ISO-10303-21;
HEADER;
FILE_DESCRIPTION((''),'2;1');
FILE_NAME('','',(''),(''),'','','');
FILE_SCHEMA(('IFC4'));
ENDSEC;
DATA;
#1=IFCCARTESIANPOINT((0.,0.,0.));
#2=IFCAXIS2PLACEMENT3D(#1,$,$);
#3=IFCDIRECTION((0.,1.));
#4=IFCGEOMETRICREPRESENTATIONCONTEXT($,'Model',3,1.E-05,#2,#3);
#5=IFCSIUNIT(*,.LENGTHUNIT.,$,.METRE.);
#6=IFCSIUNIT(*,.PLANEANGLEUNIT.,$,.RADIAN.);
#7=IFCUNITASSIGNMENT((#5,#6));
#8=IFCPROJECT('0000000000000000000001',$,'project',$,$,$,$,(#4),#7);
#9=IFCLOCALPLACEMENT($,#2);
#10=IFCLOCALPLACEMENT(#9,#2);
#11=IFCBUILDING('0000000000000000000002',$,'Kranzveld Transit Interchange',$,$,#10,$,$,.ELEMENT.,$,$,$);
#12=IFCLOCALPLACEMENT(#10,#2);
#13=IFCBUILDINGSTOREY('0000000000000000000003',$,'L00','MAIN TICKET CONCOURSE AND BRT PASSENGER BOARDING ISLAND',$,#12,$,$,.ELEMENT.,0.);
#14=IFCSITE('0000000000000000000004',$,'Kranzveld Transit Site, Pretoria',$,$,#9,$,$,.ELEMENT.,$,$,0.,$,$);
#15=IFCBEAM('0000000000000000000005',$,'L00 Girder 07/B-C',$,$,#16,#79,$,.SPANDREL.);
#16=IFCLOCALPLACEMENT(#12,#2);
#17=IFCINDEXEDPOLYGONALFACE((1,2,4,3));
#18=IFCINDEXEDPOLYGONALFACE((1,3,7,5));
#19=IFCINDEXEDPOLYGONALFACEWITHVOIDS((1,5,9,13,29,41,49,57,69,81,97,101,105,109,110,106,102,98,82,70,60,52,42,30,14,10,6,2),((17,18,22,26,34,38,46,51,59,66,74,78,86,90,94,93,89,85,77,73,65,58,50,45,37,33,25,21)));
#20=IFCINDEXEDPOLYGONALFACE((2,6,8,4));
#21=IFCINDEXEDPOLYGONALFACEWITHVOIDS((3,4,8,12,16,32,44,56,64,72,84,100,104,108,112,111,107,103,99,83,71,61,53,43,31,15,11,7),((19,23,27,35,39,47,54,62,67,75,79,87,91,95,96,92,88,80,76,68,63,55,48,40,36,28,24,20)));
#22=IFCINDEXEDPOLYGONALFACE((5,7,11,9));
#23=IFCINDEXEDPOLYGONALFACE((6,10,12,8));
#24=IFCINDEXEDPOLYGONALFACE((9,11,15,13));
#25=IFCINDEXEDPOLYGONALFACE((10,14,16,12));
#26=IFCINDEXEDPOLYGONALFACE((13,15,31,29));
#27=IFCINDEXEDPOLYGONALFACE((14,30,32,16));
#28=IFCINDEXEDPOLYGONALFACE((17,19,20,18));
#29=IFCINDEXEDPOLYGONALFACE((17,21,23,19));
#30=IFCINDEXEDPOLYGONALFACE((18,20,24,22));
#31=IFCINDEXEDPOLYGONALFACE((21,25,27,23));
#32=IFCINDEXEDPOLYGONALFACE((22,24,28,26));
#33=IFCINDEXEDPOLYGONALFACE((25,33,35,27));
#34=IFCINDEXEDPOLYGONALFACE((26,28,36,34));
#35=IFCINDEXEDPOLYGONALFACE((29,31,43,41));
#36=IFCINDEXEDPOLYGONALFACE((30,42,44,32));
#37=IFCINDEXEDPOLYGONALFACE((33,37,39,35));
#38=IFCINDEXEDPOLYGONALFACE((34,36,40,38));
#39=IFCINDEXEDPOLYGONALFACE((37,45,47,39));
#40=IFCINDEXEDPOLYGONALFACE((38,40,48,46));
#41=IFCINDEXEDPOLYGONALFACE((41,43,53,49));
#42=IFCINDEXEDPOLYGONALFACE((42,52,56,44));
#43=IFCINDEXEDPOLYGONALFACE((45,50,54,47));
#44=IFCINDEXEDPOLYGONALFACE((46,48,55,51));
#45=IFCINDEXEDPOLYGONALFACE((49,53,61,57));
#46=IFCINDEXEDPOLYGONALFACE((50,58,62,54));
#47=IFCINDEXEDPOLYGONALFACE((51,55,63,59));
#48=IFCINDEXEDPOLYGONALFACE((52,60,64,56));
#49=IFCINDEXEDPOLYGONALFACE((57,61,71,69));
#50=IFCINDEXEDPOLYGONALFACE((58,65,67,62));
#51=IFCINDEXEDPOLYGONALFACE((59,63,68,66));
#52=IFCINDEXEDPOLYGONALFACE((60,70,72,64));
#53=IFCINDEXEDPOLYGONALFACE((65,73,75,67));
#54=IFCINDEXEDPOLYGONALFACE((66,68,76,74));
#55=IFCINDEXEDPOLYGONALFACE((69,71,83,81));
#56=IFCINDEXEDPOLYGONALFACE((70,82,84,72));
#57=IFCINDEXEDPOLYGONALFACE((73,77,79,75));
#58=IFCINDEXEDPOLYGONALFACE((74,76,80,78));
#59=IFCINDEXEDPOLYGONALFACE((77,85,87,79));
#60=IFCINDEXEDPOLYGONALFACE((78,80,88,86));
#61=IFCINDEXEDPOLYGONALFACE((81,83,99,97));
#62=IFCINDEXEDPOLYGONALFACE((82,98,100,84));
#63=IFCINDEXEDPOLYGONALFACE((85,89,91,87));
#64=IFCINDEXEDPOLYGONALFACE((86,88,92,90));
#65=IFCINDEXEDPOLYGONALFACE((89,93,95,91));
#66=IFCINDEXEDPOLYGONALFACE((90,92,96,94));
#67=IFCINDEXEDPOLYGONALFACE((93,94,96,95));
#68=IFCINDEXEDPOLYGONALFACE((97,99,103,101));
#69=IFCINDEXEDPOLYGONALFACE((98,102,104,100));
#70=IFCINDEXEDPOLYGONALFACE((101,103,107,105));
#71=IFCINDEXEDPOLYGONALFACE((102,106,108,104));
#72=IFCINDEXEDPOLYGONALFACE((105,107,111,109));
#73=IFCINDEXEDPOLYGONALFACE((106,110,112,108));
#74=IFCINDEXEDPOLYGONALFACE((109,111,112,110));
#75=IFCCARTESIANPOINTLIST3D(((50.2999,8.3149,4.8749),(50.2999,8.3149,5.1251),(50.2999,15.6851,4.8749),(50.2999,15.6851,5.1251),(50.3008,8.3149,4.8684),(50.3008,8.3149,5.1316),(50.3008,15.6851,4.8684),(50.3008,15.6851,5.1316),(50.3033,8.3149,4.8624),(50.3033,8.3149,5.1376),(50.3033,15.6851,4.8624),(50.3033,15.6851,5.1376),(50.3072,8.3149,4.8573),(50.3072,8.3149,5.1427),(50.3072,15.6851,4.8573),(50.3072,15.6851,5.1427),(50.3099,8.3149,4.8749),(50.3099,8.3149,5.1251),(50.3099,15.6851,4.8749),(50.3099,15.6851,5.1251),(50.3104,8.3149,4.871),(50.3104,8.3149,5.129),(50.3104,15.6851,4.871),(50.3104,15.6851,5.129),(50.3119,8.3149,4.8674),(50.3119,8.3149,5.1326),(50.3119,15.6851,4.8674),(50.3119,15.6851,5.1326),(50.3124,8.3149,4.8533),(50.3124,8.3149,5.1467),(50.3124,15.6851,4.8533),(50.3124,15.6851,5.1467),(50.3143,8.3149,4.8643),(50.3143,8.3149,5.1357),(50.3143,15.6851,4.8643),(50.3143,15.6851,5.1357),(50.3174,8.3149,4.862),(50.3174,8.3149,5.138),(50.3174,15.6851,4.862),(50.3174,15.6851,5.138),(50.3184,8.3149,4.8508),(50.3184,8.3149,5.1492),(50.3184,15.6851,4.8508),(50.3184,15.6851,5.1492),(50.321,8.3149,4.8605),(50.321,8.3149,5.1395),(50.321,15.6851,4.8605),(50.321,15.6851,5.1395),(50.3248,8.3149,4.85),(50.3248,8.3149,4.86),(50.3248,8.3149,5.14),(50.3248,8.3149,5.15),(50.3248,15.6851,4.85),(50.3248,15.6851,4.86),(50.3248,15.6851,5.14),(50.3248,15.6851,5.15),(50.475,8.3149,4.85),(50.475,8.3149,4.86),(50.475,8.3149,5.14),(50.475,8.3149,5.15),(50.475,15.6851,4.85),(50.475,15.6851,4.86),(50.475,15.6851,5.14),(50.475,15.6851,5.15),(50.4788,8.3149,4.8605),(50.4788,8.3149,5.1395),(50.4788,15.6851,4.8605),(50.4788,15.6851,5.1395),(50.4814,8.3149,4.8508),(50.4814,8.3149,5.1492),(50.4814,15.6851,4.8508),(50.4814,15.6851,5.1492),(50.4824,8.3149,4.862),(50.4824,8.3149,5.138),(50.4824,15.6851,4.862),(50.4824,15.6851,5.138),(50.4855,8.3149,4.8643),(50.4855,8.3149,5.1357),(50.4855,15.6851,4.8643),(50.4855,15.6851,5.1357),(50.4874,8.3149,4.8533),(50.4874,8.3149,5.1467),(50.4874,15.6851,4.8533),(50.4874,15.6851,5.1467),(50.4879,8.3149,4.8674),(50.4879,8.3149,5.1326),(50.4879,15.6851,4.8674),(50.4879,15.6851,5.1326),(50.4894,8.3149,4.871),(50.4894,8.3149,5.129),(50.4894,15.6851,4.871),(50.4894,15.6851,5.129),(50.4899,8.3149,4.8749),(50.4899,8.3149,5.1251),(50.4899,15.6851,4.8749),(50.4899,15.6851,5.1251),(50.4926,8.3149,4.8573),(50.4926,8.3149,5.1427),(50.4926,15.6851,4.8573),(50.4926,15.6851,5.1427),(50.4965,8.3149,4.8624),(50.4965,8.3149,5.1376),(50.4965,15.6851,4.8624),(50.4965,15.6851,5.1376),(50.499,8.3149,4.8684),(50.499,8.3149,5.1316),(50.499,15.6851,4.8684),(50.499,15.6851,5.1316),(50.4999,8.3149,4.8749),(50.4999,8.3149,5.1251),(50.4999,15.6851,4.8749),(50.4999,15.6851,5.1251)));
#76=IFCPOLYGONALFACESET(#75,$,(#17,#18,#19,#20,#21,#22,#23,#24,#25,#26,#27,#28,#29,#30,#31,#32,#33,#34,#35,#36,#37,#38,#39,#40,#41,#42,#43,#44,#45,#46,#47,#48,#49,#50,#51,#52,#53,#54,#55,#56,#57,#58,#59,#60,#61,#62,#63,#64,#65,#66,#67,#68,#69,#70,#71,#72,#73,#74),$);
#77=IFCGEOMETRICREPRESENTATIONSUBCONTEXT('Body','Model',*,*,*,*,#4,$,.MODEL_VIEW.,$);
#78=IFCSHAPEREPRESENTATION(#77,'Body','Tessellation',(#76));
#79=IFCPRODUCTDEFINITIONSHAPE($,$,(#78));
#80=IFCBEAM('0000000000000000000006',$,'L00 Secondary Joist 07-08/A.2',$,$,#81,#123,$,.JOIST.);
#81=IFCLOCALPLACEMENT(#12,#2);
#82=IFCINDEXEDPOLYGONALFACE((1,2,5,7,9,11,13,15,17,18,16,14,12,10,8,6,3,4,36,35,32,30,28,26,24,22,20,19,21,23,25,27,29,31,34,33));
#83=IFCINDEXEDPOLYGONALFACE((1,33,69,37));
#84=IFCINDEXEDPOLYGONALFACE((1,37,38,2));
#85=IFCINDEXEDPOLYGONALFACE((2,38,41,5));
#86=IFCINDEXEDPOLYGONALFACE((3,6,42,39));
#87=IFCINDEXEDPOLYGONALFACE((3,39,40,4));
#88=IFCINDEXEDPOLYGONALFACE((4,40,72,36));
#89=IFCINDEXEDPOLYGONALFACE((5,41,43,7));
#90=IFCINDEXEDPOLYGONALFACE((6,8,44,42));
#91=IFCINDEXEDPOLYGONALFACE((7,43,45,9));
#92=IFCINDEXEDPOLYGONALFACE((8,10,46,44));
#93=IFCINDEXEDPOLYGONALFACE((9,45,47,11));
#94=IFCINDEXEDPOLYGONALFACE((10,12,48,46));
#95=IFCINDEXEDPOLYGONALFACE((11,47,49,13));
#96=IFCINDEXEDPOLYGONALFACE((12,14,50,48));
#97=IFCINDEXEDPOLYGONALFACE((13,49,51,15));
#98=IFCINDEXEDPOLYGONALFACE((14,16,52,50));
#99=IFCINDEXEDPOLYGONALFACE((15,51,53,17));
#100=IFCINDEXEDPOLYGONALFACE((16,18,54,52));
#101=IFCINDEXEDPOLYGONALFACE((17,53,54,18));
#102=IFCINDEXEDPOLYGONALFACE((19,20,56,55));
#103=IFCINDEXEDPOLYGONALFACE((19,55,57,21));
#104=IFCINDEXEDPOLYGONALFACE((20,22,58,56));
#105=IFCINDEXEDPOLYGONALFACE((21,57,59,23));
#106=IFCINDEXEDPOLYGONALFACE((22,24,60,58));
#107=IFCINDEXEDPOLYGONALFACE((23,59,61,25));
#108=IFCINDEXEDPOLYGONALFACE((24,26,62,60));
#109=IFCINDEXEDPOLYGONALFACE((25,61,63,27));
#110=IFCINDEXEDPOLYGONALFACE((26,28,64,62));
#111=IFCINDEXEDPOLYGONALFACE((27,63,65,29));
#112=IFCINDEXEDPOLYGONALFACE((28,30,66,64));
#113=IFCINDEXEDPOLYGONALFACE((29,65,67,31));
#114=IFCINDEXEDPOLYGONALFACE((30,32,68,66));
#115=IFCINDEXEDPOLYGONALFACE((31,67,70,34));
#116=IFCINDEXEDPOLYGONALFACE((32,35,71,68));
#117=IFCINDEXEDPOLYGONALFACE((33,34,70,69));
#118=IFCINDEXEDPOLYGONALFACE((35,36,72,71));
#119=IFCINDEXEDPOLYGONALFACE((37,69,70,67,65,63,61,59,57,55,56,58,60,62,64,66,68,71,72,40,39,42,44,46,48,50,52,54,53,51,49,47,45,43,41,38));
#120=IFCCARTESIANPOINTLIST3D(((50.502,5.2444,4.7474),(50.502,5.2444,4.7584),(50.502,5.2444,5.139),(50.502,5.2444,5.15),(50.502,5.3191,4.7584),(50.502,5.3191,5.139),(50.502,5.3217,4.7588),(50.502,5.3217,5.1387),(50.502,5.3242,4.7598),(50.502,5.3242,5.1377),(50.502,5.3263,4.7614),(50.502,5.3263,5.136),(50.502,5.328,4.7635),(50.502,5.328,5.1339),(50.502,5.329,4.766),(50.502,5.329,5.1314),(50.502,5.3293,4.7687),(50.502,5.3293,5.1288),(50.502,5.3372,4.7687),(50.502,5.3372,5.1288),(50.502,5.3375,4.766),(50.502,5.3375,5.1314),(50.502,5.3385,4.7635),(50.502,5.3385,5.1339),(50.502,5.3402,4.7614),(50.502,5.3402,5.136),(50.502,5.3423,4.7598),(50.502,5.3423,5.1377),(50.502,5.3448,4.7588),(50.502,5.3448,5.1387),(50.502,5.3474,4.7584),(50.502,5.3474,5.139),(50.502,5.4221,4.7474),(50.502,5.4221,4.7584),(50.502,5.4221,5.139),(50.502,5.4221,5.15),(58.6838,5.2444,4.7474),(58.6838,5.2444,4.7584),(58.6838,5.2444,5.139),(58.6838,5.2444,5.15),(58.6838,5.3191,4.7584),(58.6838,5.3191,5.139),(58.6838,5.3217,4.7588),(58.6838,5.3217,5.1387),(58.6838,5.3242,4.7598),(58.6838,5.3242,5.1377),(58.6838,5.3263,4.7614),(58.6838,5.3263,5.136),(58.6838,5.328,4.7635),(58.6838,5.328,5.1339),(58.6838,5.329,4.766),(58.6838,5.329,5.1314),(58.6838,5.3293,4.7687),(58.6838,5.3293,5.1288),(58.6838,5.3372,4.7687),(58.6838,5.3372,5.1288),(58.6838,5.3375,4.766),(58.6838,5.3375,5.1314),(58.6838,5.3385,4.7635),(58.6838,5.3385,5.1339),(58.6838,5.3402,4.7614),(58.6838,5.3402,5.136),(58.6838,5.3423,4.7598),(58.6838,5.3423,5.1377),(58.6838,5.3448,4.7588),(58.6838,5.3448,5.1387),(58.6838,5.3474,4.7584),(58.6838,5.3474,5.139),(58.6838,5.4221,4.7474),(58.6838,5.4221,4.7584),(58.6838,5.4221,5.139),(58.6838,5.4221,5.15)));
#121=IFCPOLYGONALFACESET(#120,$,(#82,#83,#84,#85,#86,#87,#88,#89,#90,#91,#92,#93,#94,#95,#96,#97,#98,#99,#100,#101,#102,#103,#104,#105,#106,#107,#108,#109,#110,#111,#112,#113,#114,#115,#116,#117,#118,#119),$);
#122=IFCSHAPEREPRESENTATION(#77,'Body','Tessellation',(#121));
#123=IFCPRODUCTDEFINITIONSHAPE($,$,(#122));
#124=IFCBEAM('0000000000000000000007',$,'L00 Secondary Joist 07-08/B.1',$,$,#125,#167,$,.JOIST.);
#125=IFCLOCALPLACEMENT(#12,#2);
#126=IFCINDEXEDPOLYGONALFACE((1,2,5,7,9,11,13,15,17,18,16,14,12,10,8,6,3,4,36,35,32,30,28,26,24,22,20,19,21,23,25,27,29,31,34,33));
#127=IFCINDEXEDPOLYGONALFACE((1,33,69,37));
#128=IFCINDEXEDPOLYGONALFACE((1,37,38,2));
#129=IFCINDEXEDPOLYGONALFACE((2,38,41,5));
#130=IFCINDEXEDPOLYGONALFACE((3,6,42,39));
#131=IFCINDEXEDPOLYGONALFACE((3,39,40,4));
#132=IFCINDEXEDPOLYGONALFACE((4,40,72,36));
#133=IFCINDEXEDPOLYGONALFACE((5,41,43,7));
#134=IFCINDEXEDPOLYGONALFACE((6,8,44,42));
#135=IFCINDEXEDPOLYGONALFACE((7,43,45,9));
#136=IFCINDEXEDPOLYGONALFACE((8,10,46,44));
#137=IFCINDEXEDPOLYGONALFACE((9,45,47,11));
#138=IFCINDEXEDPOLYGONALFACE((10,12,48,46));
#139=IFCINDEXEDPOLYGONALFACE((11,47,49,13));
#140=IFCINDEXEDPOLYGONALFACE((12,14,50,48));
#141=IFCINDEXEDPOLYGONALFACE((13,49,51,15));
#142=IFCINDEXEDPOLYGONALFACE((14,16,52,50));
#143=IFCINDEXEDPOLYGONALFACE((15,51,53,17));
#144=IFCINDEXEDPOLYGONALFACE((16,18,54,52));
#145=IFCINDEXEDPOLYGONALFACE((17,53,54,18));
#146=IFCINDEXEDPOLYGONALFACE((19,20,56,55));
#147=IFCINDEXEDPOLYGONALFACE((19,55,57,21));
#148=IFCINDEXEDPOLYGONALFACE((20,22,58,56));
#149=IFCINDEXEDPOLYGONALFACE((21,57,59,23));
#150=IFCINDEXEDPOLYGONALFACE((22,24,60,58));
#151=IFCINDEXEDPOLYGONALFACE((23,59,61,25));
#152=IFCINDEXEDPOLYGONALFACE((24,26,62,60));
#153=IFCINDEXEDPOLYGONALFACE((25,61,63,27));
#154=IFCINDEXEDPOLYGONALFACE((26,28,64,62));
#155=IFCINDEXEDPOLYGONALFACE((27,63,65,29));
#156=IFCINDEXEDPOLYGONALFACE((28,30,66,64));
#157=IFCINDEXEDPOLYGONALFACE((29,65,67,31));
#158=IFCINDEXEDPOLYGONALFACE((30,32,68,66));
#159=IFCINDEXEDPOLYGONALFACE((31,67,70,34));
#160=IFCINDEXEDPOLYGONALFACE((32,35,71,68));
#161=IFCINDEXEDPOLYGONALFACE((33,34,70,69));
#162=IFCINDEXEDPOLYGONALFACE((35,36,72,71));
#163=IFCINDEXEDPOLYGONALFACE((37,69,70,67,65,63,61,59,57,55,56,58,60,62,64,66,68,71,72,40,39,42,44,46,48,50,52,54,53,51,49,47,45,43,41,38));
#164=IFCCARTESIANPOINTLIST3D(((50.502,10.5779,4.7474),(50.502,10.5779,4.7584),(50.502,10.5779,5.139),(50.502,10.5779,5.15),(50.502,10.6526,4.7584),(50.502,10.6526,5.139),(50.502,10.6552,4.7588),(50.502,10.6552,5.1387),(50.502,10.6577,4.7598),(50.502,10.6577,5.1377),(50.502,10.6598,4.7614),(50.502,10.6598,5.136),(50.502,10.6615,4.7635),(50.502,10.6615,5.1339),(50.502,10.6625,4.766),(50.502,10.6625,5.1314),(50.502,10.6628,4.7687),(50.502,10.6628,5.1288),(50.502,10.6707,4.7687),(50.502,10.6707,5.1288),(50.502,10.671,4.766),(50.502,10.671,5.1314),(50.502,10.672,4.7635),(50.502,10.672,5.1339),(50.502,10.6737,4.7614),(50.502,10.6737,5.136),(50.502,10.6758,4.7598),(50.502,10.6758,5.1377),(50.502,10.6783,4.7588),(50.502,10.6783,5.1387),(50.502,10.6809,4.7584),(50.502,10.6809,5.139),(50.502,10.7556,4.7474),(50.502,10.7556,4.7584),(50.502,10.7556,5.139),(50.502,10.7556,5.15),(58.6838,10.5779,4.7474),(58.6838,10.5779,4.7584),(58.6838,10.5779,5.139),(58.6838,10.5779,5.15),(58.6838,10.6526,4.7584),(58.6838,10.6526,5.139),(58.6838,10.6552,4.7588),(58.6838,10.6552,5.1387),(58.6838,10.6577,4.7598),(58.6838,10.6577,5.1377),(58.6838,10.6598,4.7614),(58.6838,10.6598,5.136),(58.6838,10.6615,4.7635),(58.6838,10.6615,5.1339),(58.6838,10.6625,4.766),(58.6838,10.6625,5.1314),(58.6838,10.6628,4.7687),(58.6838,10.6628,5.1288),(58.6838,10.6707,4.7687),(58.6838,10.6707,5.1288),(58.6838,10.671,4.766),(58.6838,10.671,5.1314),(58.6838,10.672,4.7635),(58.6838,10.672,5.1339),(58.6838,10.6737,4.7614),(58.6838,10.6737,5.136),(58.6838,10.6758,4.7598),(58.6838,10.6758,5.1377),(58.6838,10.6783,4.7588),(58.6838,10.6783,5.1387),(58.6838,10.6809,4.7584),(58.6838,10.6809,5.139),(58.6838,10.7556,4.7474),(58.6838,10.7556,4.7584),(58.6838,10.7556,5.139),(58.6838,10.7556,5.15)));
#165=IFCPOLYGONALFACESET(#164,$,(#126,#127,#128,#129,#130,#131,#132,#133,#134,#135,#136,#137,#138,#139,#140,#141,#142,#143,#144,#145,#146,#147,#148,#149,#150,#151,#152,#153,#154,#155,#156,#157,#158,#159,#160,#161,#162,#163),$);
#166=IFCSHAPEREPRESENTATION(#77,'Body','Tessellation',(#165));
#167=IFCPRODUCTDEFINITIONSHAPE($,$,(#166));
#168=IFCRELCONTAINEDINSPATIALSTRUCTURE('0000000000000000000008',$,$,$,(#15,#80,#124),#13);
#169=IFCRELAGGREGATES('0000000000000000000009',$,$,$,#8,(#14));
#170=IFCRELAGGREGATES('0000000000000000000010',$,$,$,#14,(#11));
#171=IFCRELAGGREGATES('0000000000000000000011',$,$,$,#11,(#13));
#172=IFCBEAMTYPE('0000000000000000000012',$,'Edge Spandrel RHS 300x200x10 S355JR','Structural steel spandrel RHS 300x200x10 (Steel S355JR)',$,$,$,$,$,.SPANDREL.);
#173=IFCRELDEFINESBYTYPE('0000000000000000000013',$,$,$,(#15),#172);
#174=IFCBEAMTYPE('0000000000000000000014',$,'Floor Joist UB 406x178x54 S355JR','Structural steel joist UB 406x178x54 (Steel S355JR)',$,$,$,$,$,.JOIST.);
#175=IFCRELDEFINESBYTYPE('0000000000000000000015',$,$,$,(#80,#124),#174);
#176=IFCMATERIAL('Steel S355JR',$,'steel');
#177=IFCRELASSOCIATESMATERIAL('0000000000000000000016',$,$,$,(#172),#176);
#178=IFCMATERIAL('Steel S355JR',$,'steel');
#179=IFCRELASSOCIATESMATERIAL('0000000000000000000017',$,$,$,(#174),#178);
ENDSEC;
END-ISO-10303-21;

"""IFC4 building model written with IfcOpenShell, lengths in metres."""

from ifc_helpers import new_model, si_unit, direction, frame, origin, origin_2d, place, context, subcontext, project, spatial, hollow_rectangle, i_section, extrude, material, material_profile, profile_set, type_object, element, save


model = new_model("IFC4")

# Units and contexts
model_context = context("Model", 3, precision=1e-05, world=origin(), true_north=direction((0.0, 1.0)))
body_context = subcontext(model_context, "Body", "Model", "MODEL_VIEW")
ifc_project = project(units=[si_unit("LENGTHUNIT", "METRE"), si_unit("PLANEANGLEUNIT", "RADIAN")], contexts=[model_context])

# Site, building, storey
site_placement = place(None, origin())
site = spatial("IfcSite", under=ifc_project, at=site_placement, Name="Kranzveld Transit Site, Pretoria", CompositionType="ELEMENT", RefElevation=0.0)
building_placement = place(site_placement, origin())
building = spatial("IfcBuilding", under=site, at=building_placement, Name="Kranzveld Transit Interchange", CompositionType="ELEMENT")
storey_placement = place(building_placement, origin())
storey = spatial("IfcBuildingStorey", under=building, at=storey_placement, Name="L00", Description="MAIN TICKET CONCOURSE AND BRT PASSENGER BOARDING ISLAND", CompositionType="ELEMENT", Elevation=0.0)

# Beams
ifc_material_1 = material(Name="Steel S355JR", Category="steel")
ifc_material_profile_1 = material_profile(ifc_material_1, hollow_rectangle(XDim=0.2, YDim=0.3, WallThickness=0.01, InnerFilletRadius=0.0149, OuterFilletRadius=0.0249, at=origin_2d()), Name="RHS 300x200x10")
ifc_profile_set_1 = profile_set([ifc_material_profile_1], Name="Steel S355JR")
beam_type_1 = type_object("IfcBeamType", Name="Edge Spandrel RHS 300x200x10 S355JR", Description="Structural steel spandrel RHS 300x200x10 (Steel S355JR)", PredefinedType="SPANDREL", material=ifc_profile_set_1)
beam_1_placement = place(storey_placement, frame((50.3999, 8.3149, 5.0), z_axis=(0.0, 1.0, 0.0), x_axis=(-1.0, 0.0, 0.0)))
element("IfcBeam", 1, at=beam_1_placement, inside=storey, type_object=beam_type_1, Name="L00 Girder 07/B-C", PredefinedType="SPANDREL", context=body_context, shape_type="SweptSolid", body=[
    extrude(hollow_rectangle(XDim=0.2, YDim=0.3, WallThickness=0.01, InnerFilletRadius=0.0149, OuterFilletRadius=0.0249, at=origin_2d()), origin(), (0.0, 0.0, 1.0), 7.3701),
])
ifc_material_2 = material(Name="Steel S355JR", Category="steel")
ifc_material_profile_2 = material_profile(ifc_material_2, i_section(OverallWidth=0.1777, OverallDepth=0.4026, WebThickness=0.0078, FlangeThickness=0.011, FilletRadius=0.0103, at=origin_2d()), Name="UB 406x178x54")
ifc_profile_set_2 = profile_set([ifc_material_profile_2], Name="Steel S355JR")
beam_type_2 = type_object("IfcBeamType", Name="Floor Joist UB 406x178x54 S355JR", Description="Structural steel joist UB 406x178x54 (Steel S355JR)", PredefinedType="JOIST", material=ifc_profile_set_2)
for number, where, z_axis, x_axis, name in (
    (2, (50.502, 5.3333, 4.9487), (1.0, 0.0, 0.0), (0.0, 1.0, 0.0), "L00 Secondary Joist 07-08/A.2"),
    (3, (50.502, 10.6667, 4.9487), (1.0, 0.0, 0.0), (0.0, 1.0, 0.0), "L00 Secondary Joist 07-08/B.1"),
):
    element("IfcBeam", number, at=place(storey_placement, frame(where, z_axis=z_axis, x_axis=x_axis)), inside=storey, type_object=beam_type_2, Name=name, PredefinedType="JOIST", context=body_context, shape_type="SweptSolid", body=[
        extrude(i_section(OverallWidth=0.1777, OverallDepth=0.4026, WebThickness=0.0078, FlangeThickness=0.011, FilletRadius=0.0103, at=origin_2d()), origin(), (0.0, 0.0, 1.0), 8.1819),
    ])

save(model, "model.ifc")
